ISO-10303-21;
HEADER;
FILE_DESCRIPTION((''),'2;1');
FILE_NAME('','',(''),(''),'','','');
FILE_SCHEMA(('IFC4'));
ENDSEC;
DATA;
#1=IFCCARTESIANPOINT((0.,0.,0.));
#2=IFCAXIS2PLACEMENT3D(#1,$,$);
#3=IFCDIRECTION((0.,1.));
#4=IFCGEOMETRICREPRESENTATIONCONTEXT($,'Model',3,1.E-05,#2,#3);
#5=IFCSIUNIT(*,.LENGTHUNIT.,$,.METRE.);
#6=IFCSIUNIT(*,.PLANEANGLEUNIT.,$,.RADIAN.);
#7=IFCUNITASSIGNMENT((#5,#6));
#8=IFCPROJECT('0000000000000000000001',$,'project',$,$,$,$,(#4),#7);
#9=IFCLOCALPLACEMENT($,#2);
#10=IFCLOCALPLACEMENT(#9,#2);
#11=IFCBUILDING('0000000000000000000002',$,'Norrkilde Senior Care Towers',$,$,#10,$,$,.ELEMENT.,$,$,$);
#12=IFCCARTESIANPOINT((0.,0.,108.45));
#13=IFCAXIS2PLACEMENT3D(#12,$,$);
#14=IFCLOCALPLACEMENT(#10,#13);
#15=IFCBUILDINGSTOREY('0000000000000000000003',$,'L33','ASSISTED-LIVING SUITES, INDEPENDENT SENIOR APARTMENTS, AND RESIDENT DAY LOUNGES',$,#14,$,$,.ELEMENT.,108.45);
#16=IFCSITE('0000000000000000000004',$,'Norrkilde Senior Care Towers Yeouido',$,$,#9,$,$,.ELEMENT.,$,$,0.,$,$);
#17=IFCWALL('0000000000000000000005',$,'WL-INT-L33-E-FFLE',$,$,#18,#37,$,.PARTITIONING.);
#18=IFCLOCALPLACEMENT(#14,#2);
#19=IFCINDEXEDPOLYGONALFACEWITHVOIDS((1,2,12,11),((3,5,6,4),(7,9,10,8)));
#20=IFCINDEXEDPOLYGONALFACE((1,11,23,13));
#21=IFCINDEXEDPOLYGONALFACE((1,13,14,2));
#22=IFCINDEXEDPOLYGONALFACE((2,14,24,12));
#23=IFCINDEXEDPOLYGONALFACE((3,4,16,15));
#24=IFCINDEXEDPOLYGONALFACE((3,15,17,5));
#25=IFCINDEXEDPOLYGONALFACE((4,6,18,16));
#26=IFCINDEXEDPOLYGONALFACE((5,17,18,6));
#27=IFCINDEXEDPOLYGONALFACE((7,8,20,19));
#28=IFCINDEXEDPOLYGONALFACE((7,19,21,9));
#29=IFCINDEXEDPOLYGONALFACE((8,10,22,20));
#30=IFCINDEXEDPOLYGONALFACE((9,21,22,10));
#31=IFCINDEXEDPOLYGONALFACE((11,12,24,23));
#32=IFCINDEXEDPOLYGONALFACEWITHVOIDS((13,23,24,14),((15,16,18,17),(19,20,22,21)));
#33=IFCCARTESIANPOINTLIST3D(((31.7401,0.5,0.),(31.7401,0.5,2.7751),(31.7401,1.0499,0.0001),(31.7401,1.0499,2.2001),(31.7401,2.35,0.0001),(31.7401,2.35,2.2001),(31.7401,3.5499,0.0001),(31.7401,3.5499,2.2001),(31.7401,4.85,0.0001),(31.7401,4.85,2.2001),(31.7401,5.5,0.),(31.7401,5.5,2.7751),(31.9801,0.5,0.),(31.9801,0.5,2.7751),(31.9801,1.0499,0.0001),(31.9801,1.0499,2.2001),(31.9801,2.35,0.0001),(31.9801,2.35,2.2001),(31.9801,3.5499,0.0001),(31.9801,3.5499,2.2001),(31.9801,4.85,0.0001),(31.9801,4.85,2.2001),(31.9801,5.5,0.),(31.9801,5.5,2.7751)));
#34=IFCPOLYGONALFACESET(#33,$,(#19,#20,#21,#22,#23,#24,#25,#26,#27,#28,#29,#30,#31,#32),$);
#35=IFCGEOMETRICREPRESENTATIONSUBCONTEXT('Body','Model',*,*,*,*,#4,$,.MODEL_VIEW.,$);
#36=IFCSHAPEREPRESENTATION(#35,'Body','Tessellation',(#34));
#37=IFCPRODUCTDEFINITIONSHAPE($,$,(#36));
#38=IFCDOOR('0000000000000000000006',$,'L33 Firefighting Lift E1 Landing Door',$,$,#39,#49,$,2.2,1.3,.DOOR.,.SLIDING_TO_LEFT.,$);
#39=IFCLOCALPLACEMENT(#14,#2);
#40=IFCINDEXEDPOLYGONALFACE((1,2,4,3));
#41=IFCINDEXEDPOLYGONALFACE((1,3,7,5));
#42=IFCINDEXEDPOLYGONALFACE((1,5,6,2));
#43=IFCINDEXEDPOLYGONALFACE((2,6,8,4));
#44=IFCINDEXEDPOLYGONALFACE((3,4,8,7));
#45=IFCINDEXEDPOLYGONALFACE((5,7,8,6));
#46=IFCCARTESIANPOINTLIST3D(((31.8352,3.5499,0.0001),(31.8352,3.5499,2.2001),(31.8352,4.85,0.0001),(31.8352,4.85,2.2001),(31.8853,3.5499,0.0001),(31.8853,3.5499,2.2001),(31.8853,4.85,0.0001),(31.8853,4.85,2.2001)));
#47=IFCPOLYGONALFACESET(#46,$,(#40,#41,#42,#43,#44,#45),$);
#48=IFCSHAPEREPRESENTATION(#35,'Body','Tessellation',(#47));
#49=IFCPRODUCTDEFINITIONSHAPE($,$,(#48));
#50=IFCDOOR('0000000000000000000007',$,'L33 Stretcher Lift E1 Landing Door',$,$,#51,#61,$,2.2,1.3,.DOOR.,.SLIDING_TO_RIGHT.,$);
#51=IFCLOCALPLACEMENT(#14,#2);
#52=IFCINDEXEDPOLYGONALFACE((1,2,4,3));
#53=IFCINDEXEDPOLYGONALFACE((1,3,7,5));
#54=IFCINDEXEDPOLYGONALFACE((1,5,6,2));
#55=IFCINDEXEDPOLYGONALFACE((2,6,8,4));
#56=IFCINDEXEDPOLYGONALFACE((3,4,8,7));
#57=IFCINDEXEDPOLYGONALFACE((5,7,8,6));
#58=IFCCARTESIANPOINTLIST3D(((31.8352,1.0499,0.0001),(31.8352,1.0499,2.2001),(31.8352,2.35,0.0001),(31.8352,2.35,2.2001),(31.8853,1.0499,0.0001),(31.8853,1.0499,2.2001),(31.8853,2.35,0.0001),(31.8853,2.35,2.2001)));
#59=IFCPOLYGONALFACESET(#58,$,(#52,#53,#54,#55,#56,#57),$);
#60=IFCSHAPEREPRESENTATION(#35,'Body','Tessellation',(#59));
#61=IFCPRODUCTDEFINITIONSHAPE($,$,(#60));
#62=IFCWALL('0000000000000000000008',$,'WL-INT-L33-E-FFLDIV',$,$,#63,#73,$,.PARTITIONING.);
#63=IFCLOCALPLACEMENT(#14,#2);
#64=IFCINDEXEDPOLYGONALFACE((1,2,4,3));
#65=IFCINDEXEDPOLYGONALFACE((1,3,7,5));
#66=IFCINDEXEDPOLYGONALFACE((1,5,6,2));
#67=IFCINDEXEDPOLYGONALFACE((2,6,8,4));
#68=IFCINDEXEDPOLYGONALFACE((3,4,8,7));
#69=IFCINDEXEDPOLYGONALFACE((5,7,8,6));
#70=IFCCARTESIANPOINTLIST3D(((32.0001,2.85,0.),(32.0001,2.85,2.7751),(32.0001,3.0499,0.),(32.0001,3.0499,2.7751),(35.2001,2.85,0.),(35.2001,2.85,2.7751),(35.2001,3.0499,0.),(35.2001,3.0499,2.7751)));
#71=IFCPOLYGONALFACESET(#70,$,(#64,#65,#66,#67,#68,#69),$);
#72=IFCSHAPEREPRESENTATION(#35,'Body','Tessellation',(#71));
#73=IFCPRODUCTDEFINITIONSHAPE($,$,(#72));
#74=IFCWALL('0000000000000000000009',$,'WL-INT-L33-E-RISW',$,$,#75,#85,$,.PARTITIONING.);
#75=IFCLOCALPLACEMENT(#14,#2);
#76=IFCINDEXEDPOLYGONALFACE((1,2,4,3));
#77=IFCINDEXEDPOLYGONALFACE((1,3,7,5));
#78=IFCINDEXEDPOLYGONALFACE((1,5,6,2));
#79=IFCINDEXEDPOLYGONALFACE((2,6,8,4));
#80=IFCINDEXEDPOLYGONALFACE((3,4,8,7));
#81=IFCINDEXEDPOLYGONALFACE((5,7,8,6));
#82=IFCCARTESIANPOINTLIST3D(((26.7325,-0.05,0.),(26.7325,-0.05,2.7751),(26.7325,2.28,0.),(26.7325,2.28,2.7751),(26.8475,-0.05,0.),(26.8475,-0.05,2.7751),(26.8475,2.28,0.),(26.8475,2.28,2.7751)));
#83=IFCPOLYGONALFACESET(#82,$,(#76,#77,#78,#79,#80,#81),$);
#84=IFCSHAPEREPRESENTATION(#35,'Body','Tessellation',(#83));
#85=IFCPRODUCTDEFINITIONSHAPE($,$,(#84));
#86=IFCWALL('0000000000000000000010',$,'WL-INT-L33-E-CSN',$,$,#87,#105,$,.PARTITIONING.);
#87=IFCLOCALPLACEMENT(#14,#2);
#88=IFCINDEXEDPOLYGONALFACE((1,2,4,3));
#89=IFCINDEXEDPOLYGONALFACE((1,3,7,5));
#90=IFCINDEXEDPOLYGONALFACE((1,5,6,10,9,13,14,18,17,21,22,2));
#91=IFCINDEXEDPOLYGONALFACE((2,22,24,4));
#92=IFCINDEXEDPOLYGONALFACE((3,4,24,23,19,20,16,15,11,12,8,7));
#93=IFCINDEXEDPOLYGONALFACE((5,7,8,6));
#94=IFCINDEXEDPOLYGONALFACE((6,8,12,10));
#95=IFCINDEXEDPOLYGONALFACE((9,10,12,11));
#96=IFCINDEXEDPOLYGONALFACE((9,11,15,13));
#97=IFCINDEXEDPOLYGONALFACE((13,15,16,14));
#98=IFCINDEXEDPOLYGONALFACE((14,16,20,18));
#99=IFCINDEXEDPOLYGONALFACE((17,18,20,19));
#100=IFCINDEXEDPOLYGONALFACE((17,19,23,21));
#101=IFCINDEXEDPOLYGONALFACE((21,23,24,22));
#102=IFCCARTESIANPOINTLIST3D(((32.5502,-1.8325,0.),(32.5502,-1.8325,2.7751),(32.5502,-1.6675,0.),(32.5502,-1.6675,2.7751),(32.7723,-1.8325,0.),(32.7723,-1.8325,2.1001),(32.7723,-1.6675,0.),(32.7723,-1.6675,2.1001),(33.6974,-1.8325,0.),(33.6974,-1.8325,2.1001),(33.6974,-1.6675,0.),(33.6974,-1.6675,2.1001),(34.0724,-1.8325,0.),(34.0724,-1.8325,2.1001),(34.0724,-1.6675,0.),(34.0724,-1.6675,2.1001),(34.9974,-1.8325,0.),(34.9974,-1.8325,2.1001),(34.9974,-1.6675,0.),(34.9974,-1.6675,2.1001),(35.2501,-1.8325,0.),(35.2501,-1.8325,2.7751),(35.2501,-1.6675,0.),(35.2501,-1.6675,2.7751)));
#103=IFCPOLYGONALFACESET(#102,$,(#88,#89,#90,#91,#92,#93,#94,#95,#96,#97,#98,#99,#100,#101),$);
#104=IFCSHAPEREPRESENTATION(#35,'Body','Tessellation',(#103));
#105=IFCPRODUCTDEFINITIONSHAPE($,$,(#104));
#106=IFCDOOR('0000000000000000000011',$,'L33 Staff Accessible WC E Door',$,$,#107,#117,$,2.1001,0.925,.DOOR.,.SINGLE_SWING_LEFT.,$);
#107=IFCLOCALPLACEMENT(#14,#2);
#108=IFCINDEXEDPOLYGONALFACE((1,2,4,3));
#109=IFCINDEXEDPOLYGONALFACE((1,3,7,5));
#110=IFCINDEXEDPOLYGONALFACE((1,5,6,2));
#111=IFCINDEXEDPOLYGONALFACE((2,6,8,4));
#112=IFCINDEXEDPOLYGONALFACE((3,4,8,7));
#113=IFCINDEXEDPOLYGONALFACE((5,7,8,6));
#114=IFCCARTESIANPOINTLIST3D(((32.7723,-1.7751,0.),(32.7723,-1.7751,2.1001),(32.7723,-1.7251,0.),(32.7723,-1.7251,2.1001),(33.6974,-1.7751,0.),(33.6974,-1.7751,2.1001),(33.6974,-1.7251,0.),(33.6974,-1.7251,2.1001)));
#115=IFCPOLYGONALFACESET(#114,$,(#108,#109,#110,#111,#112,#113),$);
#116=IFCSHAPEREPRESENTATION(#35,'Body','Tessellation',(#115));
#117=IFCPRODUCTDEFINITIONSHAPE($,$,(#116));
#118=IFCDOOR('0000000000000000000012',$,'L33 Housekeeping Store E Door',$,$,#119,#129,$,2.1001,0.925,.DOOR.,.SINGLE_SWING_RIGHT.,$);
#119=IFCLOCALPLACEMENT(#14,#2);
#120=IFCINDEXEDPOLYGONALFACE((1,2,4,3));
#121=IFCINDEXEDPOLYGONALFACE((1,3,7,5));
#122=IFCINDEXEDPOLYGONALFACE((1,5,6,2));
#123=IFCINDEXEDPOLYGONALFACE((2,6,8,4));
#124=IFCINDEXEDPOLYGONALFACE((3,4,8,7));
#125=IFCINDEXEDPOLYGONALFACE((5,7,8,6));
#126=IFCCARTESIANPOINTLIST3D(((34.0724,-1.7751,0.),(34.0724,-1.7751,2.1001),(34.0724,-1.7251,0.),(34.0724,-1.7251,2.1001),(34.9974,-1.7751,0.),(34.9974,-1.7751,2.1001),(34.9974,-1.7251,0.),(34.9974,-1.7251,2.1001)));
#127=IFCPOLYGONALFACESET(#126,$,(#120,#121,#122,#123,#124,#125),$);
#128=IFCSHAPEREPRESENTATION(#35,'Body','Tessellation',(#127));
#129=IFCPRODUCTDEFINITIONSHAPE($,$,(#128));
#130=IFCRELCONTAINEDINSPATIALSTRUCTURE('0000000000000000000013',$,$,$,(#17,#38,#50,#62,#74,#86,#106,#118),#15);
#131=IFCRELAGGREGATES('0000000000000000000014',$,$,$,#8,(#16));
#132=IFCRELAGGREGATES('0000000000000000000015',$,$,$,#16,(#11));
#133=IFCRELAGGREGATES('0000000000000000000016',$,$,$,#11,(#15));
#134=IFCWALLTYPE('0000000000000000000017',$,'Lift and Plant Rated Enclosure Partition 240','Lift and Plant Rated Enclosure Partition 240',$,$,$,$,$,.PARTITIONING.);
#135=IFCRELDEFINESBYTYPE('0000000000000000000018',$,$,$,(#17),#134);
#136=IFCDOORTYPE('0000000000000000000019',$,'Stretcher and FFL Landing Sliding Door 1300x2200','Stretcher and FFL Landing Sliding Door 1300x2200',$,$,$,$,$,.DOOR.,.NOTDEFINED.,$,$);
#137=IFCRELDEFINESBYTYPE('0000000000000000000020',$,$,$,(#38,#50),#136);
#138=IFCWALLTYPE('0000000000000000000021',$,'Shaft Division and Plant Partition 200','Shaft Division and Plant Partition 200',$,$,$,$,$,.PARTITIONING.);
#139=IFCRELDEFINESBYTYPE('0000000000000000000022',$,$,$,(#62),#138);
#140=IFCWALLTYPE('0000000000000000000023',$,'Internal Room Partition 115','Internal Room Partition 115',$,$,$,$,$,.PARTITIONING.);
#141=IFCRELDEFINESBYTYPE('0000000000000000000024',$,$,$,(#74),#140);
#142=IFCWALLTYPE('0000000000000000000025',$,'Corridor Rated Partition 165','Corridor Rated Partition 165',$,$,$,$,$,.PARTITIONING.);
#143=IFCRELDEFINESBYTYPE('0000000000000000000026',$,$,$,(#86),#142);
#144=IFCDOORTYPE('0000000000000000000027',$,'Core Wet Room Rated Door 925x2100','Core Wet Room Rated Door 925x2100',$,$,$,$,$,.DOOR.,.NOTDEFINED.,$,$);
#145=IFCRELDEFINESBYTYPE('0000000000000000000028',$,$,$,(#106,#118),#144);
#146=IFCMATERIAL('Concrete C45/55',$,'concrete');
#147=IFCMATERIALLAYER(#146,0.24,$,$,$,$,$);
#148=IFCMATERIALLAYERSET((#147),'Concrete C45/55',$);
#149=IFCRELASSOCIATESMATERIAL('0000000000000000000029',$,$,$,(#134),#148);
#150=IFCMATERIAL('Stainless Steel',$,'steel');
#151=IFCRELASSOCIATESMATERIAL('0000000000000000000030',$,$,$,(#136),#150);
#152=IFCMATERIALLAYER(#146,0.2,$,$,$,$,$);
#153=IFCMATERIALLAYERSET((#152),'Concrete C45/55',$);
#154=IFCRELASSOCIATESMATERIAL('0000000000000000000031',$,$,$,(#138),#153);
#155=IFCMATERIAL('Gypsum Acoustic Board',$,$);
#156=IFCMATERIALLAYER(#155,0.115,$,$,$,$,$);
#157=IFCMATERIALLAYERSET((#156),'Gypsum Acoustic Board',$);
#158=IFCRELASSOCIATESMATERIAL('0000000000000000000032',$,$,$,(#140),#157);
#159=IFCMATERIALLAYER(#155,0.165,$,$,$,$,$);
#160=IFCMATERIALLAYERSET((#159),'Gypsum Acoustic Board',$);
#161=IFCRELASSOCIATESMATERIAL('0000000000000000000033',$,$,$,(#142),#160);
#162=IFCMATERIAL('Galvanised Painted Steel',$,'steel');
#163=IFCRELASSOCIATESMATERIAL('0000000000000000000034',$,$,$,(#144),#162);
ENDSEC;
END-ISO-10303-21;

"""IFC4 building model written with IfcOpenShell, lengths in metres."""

from ifc_helpers import new_model, si_unit, direction, frame, frame_2d, origin, place, context, subcontext, project, spatial, rectangle, extrude, source, transform, mapped, material, layer, layer_set, type_object, type_shapes, element, fill, save


model = new_model("IFC4")

# Units and contexts
model_context = context("Model", 3, precision=1e-05, world=origin(), true_north=direction((0.0, 1.0)))
body_context = subcontext(model_context, "Body", "Model", "MODEL_VIEW")
ifc_project = project(units=[si_unit("LENGTHUNIT", "METRE"), si_unit("PLANEANGLEUNIT", "RADIAN")], contexts=[model_context])

# Site, building, storey
site_placement = place(None, origin())
site = spatial("IfcSite", under=ifc_project, at=site_placement, Name="Norrkilde Senior Care Towers Yeouido", CompositionType="ELEMENT", RefElevation=0.0)
building_placement = place(site_placement, origin())
building = spatial("IfcBuilding", under=site, at=building_placement, Name="Norrkilde Senior Care Towers", CompositionType="ELEMENT")
storey_placement = place(building_placement, frame((0.0, 0.0, 108.45)))
storey = spatial("IfcBuildingStorey", under=building, at=storey_placement, Name="L33", Description="ASSISTED-LIVING SUITES, INDEPENDENT SENIOR APARTMENTS, AND RESIDENT DAY LOUNGES", CompositionType="ELEMENT", Elevation=108.45)

# Wall, openings, doors
ifc_material_1 = material(Name="Concrete C45/55", Category="concrete")
ifc_layer_1 = layer(ifc_material_1, 0.24)
ifc_layer_set_1 = layer_set([ifc_layer_1], Name="Concrete C45/55")
wall_type_1 = type_object("IfcWallType", Name="Lift and Plant Rated Enclosure Partition 240", Description="Lift and Plant Rated Enclosure Partition 240", PredefinedType="PARTITIONING", material=ifc_layer_set_1)
shared_shape_1 = source(origin(), body_context, "Body", "SweptSolid", [
    extrude(rectangle(XDim=5.0, YDim=0.24, at=frame_2d((2.5, 0.0))), origin(), (0.0, 0.0, 1.0), 2.7751),
])
type_shapes(wall_type_1, [shared_shape_1])
wall_1_placement = place(storey_placement, frame((31.8601, 0.5, 0.0), z_axis=(0.0, 0.0, 1.0), x_axis=(0.0, 1.0, 0.0)))
wall_1 = element("IfcWall", 1, at=wall_1_placement, inside=storey, type_object=wall_type_1, Name="WL-INT-L33-E-FFLE", PredefinedType="PARTITIONING", context=body_context, shape_type="MappedRepresentation", body=[
    mapped(shared_shape_1, transform((0.0, 0.0, 0.0), x_axis=(1.0, 0.0, 0.0), y_axis=(0.0, 1.0, 0.0), z_axis=(0.0, 0.0, 1.0), scale=1.0)),
])
opening_1_placement = place(wall_1_placement, frame((3.05, 0.0, 0.0)))
opening_1 = element("IfcOpeningElement", 2, at=opening_1_placement, cuts=wall_1, PredefinedType="OPENING", context=body_context, shape_type="SweptSolid", body=[
    extrude(rectangle(XDim=1.3, YDim=2.2, at=frame_2d((0.6499, 1.1001))), frame((0.0, 0.1299, 0.0), z_axis=(0.0, -1.0, 0.0), x_axis=(1.0, 0.0, 0.0)), (0.0, 0.0, 1.0), 0.26),
])
opening_2_placement = place(wall_1_placement, frame((0.55, 0.0, 0.0)))
opening_2 = element("IfcOpeningElement", 3, at=opening_2_placement, cuts=wall_1, PredefinedType="OPENING", context=body_context, shape_type="SweptSolid", body=[
    extrude(rectangle(XDim=1.3, YDim=2.2, at=frame_2d((0.6499, 1.1001))), frame((0.0, 0.1299, 0.0), z_axis=(0.0, -1.0, 0.0), x_axis=(1.0, 0.0, 0.0)), (0.0, 0.0, 1.0), 0.26),
])
ifc_material_2 = material(Name="Stainless Steel", Category="steel")
door_type_1 = type_object("IfcDoorType", Name="Stretcher and FFL Landing Sliding Door 1300x2200", Description="Stretcher and FFL Landing Sliding Door 1300x2200", OperationType="NOTDEFINED", PredefinedType="DOOR", material=ifc_material_2)
shared_shape_2 = source(origin(), body_context, "Body", "SweptSolid", [
    extrude(rectangle(XDim=1.3, YDim=2.2, at=frame_2d((0.6499, 1.1001))), frame((0.0, 0.0249, 0.0), z_axis=(0.0, -1.0, 0.0), x_axis=(1.0, 0.0, 0.0)), (0.0, 0.0, 1.0), 0.05),
])
type_shapes(door_type_1, [shared_shape_2])
door_1_placement = place(opening_1_placement, origin())
door_1 = element("IfcDoor", 4, at=door_1_placement, inside=storey, type_object=door_type_1, Name="L33 Firefighting Lift E1 Landing Door", OperationType="SLIDING_TO_LEFT", OverallHeight=2.2, OverallWidth=1.3, PredefinedType="DOOR", context=body_context, shape_type="MappedRepresentation", body=[
    mapped(shared_shape_2, transform((0.0, 0.0, 0.0), x_axis=(1.0, 0.0, 0.0), y_axis=(0.0, 1.0, 0.0), z_axis=(0.0, 0.0, 1.0), scale=1.0)),
])
fill(opening_1, door_1)
door_2_placement = place(opening_2_placement, origin())
door_2 = element("IfcDoor", 5, at=door_2_placement, inside=storey, type_object=door_type_1, Name="L33 Stretcher Lift E1 Landing Door", OperationType="SLIDING_TO_RIGHT", OverallHeight=2.2, OverallWidth=1.3, PredefinedType="DOOR", context=body_context, shape_type="MappedRepresentation", body=[
    mapped(shared_shape_2, transform((0.0, 0.0, 0.0), x_axis=(1.0, 0.0, 0.0), y_axis=(0.0, 1.0, 0.0), z_axis=(0.0, 0.0, 1.0), scale=1.0)),
])
fill(opening_2, door_2)

# Wall
ifc_layer_2 = layer(ifc_material_1, 0.2)
ifc_layer_set_2 = layer_set([ifc_layer_2], Name="Concrete C45/55")
wall_type_2 = type_object("IfcWallType", Name="Shaft Division and Plant Partition 200", Description="Shaft Division and Plant Partition 200", PredefinedType="PARTITIONING", material=ifc_layer_set_2)
shared_shape_3 = source(origin(), body_context, "Body", "SweptSolid", [
    extrude(rectangle(XDim=3.2, YDim=0.2, at=frame_2d((1.6001, 0.0))), origin(), (0.0, 0.0, 1.0), 2.7751),
])
type_shapes(wall_type_2, [shared_shape_3])
wall_2_placement = place(storey_placement, frame((32.0, 2.95, 0.0), z_axis=(0.0, 0.0, 1.0), x_axis=(1.0, 0.0, 0.0)))
element("IfcWall", 6, at=wall_2_placement, inside=storey, type_object=wall_type_2, Name="WL-INT-L33-E-FFLDIV", PredefinedType="PARTITIONING", context=body_context, shape_type="MappedRepresentation", body=[
    mapped(shared_shape_3, transform((0.0, 0.0, 0.0), x_axis=(1.0, 0.0, 0.0), y_axis=(0.0, 1.0, 0.0), z_axis=(0.0, 0.0, 1.0), scale=1.0)),
])

# Shared definitions
ifc_material_3 = material(Name="Galvanised Painted Steel", Category="steel")

# Wall
ifc_material_4 = material(Name="Gypsum Acoustic Board")
ifc_layer_3 = layer(ifc_material_4, 0.115)
ifc_layer_set_3 = layer_set([ifc_layer_3], Name="Gypsum Acoustic Board")
wall_type_3 = type_object("IfcWallType", Name="Internal Room Partition 115", Description="Internal Room Partition 115", PredefinedType="PARTITIONING", material=ifc_layer_set_3)
shared_shape_4 = source(origin(), body_context, "Body", "SweptSolid", [
    extrude(rectangle(XDim=2.3301, YDim=0.115, at=frame_2d((1.165, 0.0))), origin(), (0.0, 0.0, 1.0), 2.7751),
])
wall_3_placement = place(storey_placement, frame((26.79, -0.05, 0.0), z_axis=(0.0, 0.0, 1.0), x_axis=(0.0, 1.0, 0.0)))
element("IfcWall", 7, at=wall_3_placement, inside=storey, type_object=wall_type_3, Name="WL-INT-L33-E-RISW", PredefinedType="PARTITIONING", context=body_context, shape_type="MappedRepresentation", body=[
    mapped(shared_shape_4, transform((0.0, 0.0, 0.0), x_axis=(1.0, 0.0, 0.0), y_axis=(0.0, 1.0, 0.0), z_axis=(0.0, 0.0, 1.0), scale=1.0)),
])

# Wall, openings, doors
ifc_layer_4 = layer(ifc_material_4, 0.165)
ifc_layer_set_4 = layer_set([ifc_layer_4], Name="Gypsum Acoustic Board")
wall_type_4 = type_object("IfcWallType", Name="Corridor Rated Partition 165", Description="Corridor Rated Partition 165", PredefinedType="PARTITIONING", material=ifc_layer_set_4)
shared_shape_5 = source(origin(), body_context, "Body", "SweptSolid", [
    extrude(rectangle(XDim=2.7, YDim=0.165, at=frame_2d((1.3501, 0.0))), origin(), (0.0, 0.0, 1.0), 2.7751),
])
type_shapes(wall_type_4, [shared_shape_5])
wall_4_placement = place(storey_placement, frame((32.55, -1.75, 0.0), z_axis=(0.0, 0.0, 1.0), x_axis=(1.0, 0.0, 0.0)))
wall_4 = element("IfcWall", 8, at=wall_4_placement, inside=storey, type_object=wall_type_4, Name="WL-INT-L33-E-CSN", PredefinedType="PARTITIONING", context=body_context, shape_type="MappedRepresentation", body=[
    mapped(shared_shape_5, transform((0.0, 0.0, 0.0), x_axis=(1.0, 0.0, 0.0), y_axis=(0.0, 1.0, 0.0), z_axis=(0.0, 0.0, 1.0), scale=1.0)),
])
opening_3_placement = place(wall_4_placement, frame((0.2224, 0.0, 0.0)))
opening_3 = element("IfcOpeningElement", 9, at=opening_3_placement, cuts=wall_4, PredefinedType="OPENING", context=body_context, shape_type="SweptSolid", body=[
    extrude(rectangle(XDim=0.925, YDim=2.1001, at=frame_2d((0.4624, 1.05))), frame((0.0, 0.0925, 0.0), z_axis=(0.0, -1.0, 0.0), x_axis=(1.0, 0.0, 0.0)), (0.0, 0.0, 1.0), 0.1851),
])
opening_4_placement = place(wall_4_placement, frame((1.5225, 0.0, 0.0)))
opening_4 = element("IfcOpeningElement", 10, at=opening_4_placement, cuts=wall_4, PredefinedType="OPENING", context=body_context, shape_type="SweptSolid", body=[
    extrude(rectangle(XDim=0.925, YDim=2.1001, at=frame_2d((0.4624, 1.05))), frame((0.0, 0.0925, 0.0), z_axis=(0.0, -1.0, 0.0), x_axis=(1.0, 0.0, 0.0)), (0.0, 0.0, 1.0), 0.1851),
])
door_type_2 = type_object("IfcDoorType", Name="Core Wet Room Rated Door 925x2100", Description="Core Wet Room Rated Door 925x2100", OperationType="NOTDEFINED", PredefinedType="DOOR", material=ifc_material_3)
shared_shape_6 = source(origin(), body_context, "Body", "SweptSolid", [
    extrude(rectangle(XDim=0.925, YDim=2.1001, at=frame_2d((0.4624, 1.05))), frame((0.0, 0.0249, 0.0), z_axis=(0.0, -1.0, 0.0), x_axis=(1.0, 0.0, 0.0)), (0.0, 0.0, 1.0), 0.05),
])
type_shapes(door_type_2, [shared_shape_6])
door_3_placement = place(opening_3_placement, origin())
door_3 = element("IfcDoor", 11, at=door_3_placement, inside=storey, type_object=door_type_2, Name="L33 Staff Accessible WC E Door", OperationType="SINGLE_SWING_LEFT", OverallHeight=2.1001, OverallWidth=0.925, PredefinedType="DOOR", context=body_context, shape_type="MappedRepresentation", body=[
    mapped(shared_shape_6, transform((0.0, 0.0, 0.0), x_axis=(1.0, 0.0, 0.0), y_axis=(0.0, 1.0, 0.0), z_axis=(0.0, 0.0, 1.0), scale=1.0)),
])
fill(opening_3, door_3)
door_4_placement = place(opening_4_placement, origin())
door_4 = element("IfcDoor", 12, at=door_4_placement, inside=storey, type_object=door_type_2, Name="L33 Housekeeping Store E Door", OperationType="SINGLE_SWING_RIGHT", OverallHeight=2.1001, OverallWidth=0.925, PredefinedType="DOOR", context=body_context, shape_type="MappedRepresentation", body=[
    mapped(shared_shape_6, transform((0.0, 0.0, 0.0), x_axis=(1.0, 0.0, 0.0), y_axis=(0.0, 1.0, 0.0), z_axis=(0.0, 0.0, 1.0), scale=1.0)),
])
fill(opening_4, door_4)

save(model, "model.ifc")
